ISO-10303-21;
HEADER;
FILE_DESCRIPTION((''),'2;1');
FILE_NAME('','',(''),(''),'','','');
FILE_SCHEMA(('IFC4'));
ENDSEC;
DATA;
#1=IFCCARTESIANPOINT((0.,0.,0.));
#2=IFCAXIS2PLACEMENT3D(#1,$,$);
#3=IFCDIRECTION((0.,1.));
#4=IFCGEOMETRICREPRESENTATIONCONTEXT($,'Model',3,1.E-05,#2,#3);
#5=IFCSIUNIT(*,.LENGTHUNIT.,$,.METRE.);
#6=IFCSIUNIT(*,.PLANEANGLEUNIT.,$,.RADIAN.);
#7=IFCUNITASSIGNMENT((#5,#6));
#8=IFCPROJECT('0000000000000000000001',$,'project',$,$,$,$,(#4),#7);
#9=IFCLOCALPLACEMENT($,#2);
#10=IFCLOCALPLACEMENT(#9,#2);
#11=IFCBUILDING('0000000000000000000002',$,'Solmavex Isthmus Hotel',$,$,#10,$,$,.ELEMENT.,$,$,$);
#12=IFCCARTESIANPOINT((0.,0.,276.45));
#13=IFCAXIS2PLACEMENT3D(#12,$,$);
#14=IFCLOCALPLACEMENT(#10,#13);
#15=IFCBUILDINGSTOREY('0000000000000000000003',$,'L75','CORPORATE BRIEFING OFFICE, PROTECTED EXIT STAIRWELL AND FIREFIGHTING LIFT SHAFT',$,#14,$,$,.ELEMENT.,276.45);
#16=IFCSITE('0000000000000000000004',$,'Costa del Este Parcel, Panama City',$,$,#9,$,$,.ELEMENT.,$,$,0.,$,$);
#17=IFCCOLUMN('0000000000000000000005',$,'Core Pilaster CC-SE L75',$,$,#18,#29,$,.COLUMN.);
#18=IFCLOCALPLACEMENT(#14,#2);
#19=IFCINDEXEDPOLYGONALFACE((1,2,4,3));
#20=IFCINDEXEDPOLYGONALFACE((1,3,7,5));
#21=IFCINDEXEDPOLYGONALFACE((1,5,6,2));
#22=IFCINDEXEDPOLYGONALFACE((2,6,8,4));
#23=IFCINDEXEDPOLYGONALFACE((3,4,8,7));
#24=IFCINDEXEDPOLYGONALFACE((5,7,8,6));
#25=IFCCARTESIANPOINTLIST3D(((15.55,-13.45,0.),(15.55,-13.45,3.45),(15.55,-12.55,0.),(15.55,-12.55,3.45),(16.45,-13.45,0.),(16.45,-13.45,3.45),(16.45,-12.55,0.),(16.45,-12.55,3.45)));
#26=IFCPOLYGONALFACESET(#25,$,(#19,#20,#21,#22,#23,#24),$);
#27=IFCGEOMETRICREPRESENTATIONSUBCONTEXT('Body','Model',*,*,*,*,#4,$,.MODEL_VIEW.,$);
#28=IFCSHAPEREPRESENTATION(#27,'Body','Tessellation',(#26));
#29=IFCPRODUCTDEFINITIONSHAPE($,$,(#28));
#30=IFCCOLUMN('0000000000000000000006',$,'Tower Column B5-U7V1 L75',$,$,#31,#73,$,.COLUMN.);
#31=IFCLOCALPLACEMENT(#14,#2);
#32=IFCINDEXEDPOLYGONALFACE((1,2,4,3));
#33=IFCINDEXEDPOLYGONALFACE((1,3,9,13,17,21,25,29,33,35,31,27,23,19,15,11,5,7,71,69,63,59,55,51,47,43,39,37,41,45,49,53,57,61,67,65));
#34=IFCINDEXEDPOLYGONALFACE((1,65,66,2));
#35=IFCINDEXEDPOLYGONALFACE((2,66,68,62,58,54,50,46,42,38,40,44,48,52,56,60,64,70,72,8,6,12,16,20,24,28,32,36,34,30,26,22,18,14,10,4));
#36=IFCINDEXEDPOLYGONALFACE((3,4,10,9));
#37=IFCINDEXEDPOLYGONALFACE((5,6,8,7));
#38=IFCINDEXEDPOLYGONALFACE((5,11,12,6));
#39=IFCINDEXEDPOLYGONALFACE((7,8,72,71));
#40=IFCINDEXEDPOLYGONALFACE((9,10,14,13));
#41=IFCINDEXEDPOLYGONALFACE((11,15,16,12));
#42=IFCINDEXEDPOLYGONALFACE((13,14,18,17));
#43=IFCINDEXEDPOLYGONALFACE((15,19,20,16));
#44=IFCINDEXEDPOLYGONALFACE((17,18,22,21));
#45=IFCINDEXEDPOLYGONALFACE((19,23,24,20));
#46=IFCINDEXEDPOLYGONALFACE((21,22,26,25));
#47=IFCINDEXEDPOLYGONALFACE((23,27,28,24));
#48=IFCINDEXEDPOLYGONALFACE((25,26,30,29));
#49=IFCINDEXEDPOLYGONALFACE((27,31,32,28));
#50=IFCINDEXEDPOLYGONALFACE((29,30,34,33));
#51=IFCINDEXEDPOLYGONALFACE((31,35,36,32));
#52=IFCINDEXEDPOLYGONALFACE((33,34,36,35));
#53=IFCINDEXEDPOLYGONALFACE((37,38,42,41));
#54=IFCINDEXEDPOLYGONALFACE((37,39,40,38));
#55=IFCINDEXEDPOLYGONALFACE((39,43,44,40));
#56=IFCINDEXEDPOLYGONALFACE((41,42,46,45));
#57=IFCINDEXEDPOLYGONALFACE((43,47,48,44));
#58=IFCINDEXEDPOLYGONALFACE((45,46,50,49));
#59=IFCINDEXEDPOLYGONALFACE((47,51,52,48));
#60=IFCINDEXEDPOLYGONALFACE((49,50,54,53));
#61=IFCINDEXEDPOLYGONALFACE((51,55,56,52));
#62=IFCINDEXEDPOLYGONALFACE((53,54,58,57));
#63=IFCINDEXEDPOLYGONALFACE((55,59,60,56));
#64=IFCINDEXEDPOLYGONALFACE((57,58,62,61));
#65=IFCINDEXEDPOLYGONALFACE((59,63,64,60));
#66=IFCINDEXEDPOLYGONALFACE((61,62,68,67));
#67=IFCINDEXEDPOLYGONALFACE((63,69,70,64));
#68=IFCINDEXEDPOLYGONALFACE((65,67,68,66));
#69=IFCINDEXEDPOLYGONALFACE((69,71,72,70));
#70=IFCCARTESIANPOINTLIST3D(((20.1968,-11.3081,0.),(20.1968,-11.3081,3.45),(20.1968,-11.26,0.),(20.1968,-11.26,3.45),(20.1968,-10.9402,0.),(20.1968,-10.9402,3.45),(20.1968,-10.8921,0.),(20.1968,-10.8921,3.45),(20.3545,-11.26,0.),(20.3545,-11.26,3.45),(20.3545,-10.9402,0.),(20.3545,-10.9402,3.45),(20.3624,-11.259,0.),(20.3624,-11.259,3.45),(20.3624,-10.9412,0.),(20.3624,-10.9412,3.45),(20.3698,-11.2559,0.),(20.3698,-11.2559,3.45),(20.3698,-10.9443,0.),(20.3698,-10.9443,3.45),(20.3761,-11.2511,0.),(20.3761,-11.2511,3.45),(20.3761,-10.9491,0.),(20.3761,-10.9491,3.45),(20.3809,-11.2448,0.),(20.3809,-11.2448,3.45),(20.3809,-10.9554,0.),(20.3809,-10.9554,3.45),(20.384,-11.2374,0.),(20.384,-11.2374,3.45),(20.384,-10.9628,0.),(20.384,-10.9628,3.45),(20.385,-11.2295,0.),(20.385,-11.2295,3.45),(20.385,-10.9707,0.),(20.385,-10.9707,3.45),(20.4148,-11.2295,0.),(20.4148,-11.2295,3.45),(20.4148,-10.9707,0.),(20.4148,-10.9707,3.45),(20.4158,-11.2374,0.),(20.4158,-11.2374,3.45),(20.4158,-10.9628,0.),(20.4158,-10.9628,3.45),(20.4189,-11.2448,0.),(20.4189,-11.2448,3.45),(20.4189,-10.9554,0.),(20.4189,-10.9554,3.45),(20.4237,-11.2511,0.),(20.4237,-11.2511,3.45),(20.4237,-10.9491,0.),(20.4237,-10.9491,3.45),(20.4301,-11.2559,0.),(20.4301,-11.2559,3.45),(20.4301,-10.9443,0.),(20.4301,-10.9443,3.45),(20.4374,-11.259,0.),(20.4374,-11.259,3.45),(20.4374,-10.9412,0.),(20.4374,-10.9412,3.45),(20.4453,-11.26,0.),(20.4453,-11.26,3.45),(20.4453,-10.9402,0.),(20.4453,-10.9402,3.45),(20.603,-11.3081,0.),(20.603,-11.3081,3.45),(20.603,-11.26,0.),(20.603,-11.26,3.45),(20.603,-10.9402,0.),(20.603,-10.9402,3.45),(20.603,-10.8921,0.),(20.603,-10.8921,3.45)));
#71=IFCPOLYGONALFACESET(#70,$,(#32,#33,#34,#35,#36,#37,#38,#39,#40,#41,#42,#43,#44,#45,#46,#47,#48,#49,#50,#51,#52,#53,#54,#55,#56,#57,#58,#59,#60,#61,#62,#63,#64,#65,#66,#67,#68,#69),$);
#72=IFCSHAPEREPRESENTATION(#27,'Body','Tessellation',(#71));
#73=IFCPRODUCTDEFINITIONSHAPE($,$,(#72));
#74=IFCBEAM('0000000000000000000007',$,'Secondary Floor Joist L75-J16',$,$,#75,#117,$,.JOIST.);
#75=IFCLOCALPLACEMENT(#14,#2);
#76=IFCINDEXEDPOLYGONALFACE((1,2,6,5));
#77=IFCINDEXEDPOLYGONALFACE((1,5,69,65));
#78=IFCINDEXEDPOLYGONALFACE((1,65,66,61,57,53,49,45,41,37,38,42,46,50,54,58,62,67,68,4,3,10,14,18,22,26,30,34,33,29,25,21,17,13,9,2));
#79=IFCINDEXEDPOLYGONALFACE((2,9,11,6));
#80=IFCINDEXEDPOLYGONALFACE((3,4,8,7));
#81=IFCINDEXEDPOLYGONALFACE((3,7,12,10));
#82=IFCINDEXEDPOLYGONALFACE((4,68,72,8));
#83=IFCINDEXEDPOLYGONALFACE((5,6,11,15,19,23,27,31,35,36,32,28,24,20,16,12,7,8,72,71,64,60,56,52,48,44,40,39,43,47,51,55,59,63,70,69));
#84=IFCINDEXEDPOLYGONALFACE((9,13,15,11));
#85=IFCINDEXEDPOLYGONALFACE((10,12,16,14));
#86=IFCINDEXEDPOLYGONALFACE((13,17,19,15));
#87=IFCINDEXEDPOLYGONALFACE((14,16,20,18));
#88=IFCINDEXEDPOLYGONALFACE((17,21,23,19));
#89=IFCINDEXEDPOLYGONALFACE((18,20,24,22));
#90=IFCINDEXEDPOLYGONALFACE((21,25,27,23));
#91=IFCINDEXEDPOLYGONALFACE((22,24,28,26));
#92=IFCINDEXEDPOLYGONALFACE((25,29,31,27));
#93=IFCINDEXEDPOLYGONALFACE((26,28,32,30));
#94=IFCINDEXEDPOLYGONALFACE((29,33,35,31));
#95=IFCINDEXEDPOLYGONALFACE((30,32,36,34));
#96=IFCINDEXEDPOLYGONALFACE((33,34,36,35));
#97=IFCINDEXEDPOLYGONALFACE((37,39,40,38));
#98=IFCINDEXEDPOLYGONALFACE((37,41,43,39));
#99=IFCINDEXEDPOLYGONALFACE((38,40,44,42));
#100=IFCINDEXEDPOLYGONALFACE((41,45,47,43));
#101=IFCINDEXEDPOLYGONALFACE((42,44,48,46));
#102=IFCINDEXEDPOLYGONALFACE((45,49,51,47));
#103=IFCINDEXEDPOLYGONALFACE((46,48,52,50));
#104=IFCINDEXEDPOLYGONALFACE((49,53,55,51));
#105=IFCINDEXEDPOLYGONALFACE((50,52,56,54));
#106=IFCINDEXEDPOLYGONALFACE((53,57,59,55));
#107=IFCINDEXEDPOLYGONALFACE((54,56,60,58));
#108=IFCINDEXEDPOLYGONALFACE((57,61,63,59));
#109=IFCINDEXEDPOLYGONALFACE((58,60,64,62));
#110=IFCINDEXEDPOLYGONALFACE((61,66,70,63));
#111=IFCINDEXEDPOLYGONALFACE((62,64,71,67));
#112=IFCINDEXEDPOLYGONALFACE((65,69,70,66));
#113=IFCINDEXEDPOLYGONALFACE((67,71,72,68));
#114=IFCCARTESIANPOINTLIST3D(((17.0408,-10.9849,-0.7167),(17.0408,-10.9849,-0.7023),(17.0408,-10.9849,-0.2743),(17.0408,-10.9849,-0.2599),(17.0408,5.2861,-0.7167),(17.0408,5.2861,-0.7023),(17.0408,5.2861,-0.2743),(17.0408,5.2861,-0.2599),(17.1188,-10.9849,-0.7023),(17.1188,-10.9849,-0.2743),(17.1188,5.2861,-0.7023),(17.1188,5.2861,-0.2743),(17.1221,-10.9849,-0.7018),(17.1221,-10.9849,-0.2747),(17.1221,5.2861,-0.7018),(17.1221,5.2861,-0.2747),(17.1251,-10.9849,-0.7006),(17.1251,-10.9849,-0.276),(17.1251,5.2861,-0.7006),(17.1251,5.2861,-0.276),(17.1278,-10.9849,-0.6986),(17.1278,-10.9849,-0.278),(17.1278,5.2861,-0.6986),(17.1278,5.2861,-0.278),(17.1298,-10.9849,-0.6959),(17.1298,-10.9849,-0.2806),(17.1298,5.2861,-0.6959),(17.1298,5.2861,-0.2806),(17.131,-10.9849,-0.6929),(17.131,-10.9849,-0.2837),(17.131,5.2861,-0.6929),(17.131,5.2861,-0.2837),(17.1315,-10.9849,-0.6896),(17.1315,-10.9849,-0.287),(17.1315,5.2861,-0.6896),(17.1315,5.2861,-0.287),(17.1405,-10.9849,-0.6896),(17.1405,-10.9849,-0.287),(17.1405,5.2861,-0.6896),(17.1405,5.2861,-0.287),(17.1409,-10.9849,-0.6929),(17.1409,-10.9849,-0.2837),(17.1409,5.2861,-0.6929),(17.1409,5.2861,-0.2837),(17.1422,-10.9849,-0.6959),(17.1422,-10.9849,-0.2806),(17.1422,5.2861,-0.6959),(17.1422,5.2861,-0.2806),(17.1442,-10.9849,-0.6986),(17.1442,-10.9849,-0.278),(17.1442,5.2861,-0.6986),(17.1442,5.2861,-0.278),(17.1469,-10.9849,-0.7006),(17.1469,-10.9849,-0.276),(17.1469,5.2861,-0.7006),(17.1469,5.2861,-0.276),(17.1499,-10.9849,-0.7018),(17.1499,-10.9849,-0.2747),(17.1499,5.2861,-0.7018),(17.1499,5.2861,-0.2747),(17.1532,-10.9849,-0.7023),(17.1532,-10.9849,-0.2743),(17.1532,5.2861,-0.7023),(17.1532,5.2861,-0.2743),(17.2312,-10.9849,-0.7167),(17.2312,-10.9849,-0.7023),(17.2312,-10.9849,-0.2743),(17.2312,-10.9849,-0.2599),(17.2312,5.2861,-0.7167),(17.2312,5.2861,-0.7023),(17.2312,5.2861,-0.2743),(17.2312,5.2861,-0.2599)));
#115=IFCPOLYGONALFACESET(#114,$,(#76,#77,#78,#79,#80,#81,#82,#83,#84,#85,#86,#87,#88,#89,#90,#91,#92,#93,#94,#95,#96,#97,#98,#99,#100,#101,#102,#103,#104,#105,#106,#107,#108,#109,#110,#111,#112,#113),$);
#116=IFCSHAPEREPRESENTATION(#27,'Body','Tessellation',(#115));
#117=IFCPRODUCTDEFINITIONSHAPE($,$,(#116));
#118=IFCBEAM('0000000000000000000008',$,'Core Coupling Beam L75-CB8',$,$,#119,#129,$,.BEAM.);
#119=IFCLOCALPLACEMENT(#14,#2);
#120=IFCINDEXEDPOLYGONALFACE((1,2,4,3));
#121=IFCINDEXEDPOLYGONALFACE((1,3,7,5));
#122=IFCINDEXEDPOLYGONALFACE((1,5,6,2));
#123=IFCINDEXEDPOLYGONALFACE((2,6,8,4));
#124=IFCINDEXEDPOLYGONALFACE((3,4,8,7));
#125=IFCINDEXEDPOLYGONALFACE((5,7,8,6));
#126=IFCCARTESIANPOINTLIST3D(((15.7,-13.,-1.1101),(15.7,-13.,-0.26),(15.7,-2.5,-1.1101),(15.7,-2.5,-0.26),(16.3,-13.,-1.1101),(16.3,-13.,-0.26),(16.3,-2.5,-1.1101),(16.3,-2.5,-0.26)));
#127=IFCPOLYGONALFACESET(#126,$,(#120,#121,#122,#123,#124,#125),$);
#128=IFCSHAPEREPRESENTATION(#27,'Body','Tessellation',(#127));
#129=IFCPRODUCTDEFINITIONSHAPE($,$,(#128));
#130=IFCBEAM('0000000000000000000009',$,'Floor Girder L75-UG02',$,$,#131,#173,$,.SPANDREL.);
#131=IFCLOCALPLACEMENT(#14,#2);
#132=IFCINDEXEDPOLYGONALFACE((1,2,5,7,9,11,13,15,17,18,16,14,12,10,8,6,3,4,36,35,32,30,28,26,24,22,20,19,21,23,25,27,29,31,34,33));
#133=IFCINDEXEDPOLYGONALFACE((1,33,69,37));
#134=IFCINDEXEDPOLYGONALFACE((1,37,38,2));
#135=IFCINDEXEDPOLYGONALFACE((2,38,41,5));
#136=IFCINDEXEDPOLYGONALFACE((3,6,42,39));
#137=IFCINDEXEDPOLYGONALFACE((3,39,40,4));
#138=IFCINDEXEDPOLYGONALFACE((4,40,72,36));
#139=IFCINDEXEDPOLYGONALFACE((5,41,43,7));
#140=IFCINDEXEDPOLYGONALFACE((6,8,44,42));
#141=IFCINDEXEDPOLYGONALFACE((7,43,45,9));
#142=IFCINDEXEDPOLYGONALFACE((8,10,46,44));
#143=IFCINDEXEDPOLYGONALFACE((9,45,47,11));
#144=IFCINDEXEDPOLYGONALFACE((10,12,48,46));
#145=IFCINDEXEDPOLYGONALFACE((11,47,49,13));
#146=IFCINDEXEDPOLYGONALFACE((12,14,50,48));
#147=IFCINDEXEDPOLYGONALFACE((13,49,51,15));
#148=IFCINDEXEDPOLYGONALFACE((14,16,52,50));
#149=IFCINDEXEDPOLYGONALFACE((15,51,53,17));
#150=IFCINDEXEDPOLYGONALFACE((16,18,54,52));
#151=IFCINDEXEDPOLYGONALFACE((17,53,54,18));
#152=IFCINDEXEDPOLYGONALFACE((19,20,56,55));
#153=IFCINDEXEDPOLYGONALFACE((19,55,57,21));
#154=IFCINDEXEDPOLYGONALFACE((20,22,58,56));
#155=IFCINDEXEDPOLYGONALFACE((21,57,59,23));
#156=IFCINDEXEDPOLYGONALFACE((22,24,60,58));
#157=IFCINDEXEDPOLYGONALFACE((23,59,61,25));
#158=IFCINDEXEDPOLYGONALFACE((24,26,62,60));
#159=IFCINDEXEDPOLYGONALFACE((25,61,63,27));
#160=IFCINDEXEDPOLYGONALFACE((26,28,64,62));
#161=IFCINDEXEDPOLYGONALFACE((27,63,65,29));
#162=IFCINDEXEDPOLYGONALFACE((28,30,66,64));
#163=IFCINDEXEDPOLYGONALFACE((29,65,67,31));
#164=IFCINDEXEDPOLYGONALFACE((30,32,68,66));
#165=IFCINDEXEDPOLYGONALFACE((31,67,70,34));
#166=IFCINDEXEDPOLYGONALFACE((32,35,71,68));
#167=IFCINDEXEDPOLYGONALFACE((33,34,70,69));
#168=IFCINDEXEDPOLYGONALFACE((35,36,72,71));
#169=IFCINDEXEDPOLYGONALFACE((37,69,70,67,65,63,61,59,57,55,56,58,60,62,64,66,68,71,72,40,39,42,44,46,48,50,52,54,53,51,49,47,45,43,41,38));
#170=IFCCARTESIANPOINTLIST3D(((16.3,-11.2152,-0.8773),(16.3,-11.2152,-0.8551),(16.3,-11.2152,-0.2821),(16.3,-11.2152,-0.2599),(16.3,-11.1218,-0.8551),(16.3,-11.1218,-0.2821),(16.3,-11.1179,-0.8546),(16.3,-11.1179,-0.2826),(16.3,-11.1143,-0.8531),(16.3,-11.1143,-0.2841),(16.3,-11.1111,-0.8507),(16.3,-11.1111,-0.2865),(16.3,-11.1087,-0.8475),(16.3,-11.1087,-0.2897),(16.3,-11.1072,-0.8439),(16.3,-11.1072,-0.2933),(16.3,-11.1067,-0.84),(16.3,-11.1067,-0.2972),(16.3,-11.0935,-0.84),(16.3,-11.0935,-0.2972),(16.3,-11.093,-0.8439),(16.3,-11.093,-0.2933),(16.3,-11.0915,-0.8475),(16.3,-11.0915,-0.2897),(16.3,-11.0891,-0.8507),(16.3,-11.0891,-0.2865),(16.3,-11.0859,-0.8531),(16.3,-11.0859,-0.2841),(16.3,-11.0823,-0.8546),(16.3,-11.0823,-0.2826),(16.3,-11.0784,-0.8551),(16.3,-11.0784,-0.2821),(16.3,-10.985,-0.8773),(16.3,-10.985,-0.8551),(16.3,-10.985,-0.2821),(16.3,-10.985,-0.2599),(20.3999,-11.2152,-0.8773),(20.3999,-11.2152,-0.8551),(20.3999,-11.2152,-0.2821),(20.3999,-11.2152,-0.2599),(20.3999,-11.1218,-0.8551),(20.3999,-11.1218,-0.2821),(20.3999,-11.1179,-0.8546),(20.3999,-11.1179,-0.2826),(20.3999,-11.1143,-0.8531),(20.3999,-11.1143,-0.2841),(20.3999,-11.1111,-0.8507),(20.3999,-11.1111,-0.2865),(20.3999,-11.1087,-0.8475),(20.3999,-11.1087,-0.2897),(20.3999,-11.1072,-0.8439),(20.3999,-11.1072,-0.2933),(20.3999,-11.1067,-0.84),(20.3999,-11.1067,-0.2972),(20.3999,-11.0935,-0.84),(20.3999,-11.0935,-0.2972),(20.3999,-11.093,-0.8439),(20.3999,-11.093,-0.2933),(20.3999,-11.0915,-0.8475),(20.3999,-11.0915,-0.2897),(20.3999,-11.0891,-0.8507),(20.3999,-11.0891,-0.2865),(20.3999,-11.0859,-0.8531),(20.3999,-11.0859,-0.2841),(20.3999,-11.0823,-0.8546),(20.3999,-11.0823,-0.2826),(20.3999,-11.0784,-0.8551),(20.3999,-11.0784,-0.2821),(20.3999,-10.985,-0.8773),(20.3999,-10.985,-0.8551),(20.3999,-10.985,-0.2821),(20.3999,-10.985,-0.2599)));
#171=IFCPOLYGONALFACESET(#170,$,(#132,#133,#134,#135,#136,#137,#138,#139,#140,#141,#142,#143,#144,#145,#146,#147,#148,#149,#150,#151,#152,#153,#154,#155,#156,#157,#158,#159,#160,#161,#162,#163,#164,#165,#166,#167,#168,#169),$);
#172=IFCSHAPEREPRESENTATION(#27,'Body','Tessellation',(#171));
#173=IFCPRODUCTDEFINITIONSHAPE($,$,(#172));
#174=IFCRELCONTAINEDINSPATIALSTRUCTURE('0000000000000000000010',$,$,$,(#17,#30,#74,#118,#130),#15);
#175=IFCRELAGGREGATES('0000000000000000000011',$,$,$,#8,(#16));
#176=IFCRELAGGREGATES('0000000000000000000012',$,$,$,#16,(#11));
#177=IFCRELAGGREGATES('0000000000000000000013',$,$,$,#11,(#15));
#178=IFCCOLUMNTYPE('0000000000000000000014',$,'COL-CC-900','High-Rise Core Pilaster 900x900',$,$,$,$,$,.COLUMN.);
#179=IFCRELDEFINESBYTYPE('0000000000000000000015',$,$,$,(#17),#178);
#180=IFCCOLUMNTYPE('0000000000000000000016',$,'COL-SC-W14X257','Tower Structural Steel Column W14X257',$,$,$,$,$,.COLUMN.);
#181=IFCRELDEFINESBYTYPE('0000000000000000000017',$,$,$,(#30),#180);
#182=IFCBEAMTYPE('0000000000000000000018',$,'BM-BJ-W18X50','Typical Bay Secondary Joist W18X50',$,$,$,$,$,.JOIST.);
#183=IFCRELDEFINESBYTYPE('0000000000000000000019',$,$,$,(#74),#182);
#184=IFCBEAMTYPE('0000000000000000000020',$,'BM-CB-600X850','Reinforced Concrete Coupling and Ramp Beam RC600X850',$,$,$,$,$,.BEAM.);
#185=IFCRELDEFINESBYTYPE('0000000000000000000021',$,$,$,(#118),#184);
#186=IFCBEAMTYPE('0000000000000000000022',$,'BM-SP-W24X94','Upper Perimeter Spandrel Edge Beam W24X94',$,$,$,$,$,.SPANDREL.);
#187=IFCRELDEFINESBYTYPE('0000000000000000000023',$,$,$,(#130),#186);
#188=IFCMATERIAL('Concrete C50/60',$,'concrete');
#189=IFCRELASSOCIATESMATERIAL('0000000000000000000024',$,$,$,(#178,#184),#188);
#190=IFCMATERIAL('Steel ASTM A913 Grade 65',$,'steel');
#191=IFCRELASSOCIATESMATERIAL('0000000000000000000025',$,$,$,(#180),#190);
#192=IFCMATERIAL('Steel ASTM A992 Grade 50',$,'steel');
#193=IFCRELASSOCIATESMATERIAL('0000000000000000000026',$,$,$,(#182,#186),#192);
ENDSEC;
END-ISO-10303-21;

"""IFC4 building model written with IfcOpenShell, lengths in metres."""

from ifc_helpers import new_model, si_unit, direction, frame, origin, origin_2d, place, context, subcontext, project, spatial, rectangle, i_section, extrude, material, material_profile, profile_set, type_object, element, save


model = new_model("IFC4")

# Units and contexts
model_context = context("Model", 3, precision=1e-05, world=origin(), true_north=direction((0.0, 1.0)))
body_context = subcontext(model_context, "Body", "Model", "MODEL_VIEW")
ifc_project = project(units=[si_unit("LENGTHUNIT", "METRE"), si_unit("PLANEANGLEUNIT", "RADIAN")], contexts=[model_context])

# Site, building, storey
site_placement = place(None, origin())
site = spatial("IfcSite", under=ifc_project, at=site_placement, Name="Costa del Este Parcel, Panama City", CompositionType="ELEMENT", RefElevation=0.0)
building_placement = place(site_placement, origin())
building = spatial("IfcBuilding", under=site, at=building_placement, Name="Solmavex Isthmus Hotel", CompositionType="ELEMENT")
storey_placement = place(building_placement, frame((0.0, 0.0, 276.45)))
storey = spatial("IfcBuildingStorey", under=building, at=storey_placement, Name="L75", Description="CORPORATE BRIEFING OFFICE, PROTECTED EXIT STAIRWELL AND FIREFIGHTING LIFT SHAFT", CompositionType="ELEMENT", Elevation=276.45)

# Columns
ifc_material_1 = material(Name="Concrete C50/60", Category="concrete")
ifc_material_profile_1 = material_profile(ifc_material_1, rectangle(XDim=0.8999, YDim=0.8999, at=origin_2d()), Name="RC900X900")
ifc_profile_set_1 = profile_set([ifc_material_profile_1], Name="Concrete C50/60")
column_type_1 = type_object("IfcColumnType", Name="COL-CC-900", Description="High-Rise Core Pilaster 900x900", PredefinedType="COLUMN", material=ifc_profile_set_1)
column_1_placement = place(storey_placement, frame((16.0, -13.0, 0.0), z_axis=(0.0, 0.0, 1.0), x_axis=(1.0, 0.0, 0.0)))
element("IfcColumn", 1, at=column_1_placement, inside=storey, type_object=column_type_1, Name="Core Pilaster CC-SE L75", PredefinedType="COLUMN", context=body_context, shape_type="SweptSolid", body=[
    extrude(rectangle(XDim=0.8999, YDim=0.8999, at=origin_2d()), origin(), (0.0, 0.0, 1.0), 3.45),
])
ifc_material_2 = material(Name="Steel ASTM A913 Grade 65", Category="steel")
ifc_material_profile_2 = material_profile(ifc_material_2, i_section(OverallWidth=0.4062, OverallDepth=0.416, WebThickness=0.0298, FlangeThickness=0.0481, FilletRadius=0.0305, at=origin_2d()), Name="W14X257")
ifc_profile_set_2 = profile_set([ifc_material_profile_2], Name="Steel ASTM A913 Grade 65")
column_type_2 = type_object("IfcColumnType", Name="COL-SC-W14X257", Description="Tower Structural Steel Column W14X257", PredefinedType="COLUMN", material=ifc_profile_set_2)
column_2_placement = place(storey_placement, frame((20.3999, -11.1001, 0.0), z_axis=(0.0, 0.0, 1.0), x_axis=(1.0, 0.0, 0.0)))
element("IfcColumn", 2, at=column_2_placement, inside=storey, type_object=column_type_2, Name="Tower Column B5-U7V1 L75", PredefinedType="COLUMN", context=body_context, shape_type="SweptSolid", body=[
    extrude(i_section(OverallWidth=0.4062, OverallDepth=0.416, WebThickness=0.0298, FlangeThickness=0.0481, FilletRadius=0.0305, at=origin_2d()), origin(), (0.0, 0.0, 1.0), 3.45),
])

# Beams
ifc_material_3 = material(Name="Steel ASTM A992 Grade 50", Category="steel")
ifc_material_profile_3 = material_profile(ifc_material_3, i_section(OverallWidth=0.1904, OverallDepth=0.4568, WebThickness=0.009, FlangeThickness=0.0144, FilletRadius=0.0127, at=origin_2d()), Name="W18X50")
ifc_profile_set_3 = profile_set([ifc_material_profile_3], Name="Steel ASTM A992 Grade 50")
beam_type_1 = type_object("IfcBeamType", Name="BM-BJ-W18X50", Description="Typical Bay Secondary Joist W18X50", PredefinedType="JOIST", material=ifc_profile_set_3)
beam_1_placement = place(storey_placement, frame((17.136, -10.9849, -0.4883), z_axis=(0.0, 1.0, 0.0), x_axis=(-1.0, 0.0, 0.0)))
element("IfcBeam", 3, at=beam_1_placement, inside=storey, type_object=beam_type_1, Name="Secondary Floor Joist L75-J16", PredefinedType="JOIST", context=body_context, shape_type="SweptSolid", body=[
    extrude(i_section(OverallWidth=0.1904, OverallDepth=0.4568, WebThickness=0.009, FlangeThickness=0.0144, FilletRadius=0.0127, at=origin_2d()), origin(), (0.0, 0.0, 1.0), 16.271),
])
ifc_material_profile_4 = material_profile(ifc_material_1, rectangle(XDim=0.6001, YDim=0.8501, at=origin_2d()), Name="RC600X850")
ifc_profile_set_4 = profile_set([ifc_material_profile_4], Name="Concrete C50/60")
beam_type_2 = type_object("IfcBeamType", Name="BM-CB-600X850", Description="Reinforced Concrete Coupling and Ramp Beam RC600X850", PredefinedType="BEAM", material=ifc_profile_set_4)
beam_2_placement = place(storey_placement, frame((16.0, -13.0, -0.6851), z_axis=(0.0, 1.0, 0.0), x_axis=(-1.0, 0.0, 0.0)))
element("IfcBeam", 4, at=beam_2_placement, inside=storey, type_object=beam_type_2, Name="Core Coupling Beam L75-CB8", PredefinedType="BEAM", context=body_context, shape_type="SweptSolid", body=[
    extrude(rectangle(XDim=0.6001, YDim=0.8501, at=origin_2d()), origin(), (0.0, 0.0, 1.0), 10.5),
])
ifc_material_profile_5 = material_profile(ifc_material_3, i_section(OverallWidth=0.2302, OverallDepth=0.6174, WebThickness=0.0132, FlangeThickness=0.0222, FilletRadius=0.0151, at=origin_2d()), Name="W24X94")
ifc_profile_set_5 = profile_set([ifc_material_profile_5], Name="Steel ASTM A992 Grade 50")
beam_type_3 = type_object("IfcBeamType", Name="BM-SP-W24X94", Description="Upper Perimeter Spandrel Edge Beam W24X94", PredefinedType="SPANDREL", material=ifc_profile_set_5)
beam_3_placement = place(storey_placement, frame((16.3, -11.1001, -0.5686), z_axis=(1.0, 0.0, 0.0), x_axis=(0.0, 1.0, 0.0)))
element("IfcBeam", 5, at=beam_3_placement, inside=storey, type_object=beam_type_3, Name="Floor Girder L75-UG02", PredefinedType="SPANDREL", context=body_context, shape_type="SweptSolid", body=[
    extrude(i_section(OverallWidth=0.2302, OverallDepth=0.6174, WebThickness=0.0132, FlangeThickness=0.0222, FilletRadius=0.0151, at=origin_2d()), origin(), (0.0, 0.0, 1.0), 4.0999),
])

save(model, "model.ifc")
